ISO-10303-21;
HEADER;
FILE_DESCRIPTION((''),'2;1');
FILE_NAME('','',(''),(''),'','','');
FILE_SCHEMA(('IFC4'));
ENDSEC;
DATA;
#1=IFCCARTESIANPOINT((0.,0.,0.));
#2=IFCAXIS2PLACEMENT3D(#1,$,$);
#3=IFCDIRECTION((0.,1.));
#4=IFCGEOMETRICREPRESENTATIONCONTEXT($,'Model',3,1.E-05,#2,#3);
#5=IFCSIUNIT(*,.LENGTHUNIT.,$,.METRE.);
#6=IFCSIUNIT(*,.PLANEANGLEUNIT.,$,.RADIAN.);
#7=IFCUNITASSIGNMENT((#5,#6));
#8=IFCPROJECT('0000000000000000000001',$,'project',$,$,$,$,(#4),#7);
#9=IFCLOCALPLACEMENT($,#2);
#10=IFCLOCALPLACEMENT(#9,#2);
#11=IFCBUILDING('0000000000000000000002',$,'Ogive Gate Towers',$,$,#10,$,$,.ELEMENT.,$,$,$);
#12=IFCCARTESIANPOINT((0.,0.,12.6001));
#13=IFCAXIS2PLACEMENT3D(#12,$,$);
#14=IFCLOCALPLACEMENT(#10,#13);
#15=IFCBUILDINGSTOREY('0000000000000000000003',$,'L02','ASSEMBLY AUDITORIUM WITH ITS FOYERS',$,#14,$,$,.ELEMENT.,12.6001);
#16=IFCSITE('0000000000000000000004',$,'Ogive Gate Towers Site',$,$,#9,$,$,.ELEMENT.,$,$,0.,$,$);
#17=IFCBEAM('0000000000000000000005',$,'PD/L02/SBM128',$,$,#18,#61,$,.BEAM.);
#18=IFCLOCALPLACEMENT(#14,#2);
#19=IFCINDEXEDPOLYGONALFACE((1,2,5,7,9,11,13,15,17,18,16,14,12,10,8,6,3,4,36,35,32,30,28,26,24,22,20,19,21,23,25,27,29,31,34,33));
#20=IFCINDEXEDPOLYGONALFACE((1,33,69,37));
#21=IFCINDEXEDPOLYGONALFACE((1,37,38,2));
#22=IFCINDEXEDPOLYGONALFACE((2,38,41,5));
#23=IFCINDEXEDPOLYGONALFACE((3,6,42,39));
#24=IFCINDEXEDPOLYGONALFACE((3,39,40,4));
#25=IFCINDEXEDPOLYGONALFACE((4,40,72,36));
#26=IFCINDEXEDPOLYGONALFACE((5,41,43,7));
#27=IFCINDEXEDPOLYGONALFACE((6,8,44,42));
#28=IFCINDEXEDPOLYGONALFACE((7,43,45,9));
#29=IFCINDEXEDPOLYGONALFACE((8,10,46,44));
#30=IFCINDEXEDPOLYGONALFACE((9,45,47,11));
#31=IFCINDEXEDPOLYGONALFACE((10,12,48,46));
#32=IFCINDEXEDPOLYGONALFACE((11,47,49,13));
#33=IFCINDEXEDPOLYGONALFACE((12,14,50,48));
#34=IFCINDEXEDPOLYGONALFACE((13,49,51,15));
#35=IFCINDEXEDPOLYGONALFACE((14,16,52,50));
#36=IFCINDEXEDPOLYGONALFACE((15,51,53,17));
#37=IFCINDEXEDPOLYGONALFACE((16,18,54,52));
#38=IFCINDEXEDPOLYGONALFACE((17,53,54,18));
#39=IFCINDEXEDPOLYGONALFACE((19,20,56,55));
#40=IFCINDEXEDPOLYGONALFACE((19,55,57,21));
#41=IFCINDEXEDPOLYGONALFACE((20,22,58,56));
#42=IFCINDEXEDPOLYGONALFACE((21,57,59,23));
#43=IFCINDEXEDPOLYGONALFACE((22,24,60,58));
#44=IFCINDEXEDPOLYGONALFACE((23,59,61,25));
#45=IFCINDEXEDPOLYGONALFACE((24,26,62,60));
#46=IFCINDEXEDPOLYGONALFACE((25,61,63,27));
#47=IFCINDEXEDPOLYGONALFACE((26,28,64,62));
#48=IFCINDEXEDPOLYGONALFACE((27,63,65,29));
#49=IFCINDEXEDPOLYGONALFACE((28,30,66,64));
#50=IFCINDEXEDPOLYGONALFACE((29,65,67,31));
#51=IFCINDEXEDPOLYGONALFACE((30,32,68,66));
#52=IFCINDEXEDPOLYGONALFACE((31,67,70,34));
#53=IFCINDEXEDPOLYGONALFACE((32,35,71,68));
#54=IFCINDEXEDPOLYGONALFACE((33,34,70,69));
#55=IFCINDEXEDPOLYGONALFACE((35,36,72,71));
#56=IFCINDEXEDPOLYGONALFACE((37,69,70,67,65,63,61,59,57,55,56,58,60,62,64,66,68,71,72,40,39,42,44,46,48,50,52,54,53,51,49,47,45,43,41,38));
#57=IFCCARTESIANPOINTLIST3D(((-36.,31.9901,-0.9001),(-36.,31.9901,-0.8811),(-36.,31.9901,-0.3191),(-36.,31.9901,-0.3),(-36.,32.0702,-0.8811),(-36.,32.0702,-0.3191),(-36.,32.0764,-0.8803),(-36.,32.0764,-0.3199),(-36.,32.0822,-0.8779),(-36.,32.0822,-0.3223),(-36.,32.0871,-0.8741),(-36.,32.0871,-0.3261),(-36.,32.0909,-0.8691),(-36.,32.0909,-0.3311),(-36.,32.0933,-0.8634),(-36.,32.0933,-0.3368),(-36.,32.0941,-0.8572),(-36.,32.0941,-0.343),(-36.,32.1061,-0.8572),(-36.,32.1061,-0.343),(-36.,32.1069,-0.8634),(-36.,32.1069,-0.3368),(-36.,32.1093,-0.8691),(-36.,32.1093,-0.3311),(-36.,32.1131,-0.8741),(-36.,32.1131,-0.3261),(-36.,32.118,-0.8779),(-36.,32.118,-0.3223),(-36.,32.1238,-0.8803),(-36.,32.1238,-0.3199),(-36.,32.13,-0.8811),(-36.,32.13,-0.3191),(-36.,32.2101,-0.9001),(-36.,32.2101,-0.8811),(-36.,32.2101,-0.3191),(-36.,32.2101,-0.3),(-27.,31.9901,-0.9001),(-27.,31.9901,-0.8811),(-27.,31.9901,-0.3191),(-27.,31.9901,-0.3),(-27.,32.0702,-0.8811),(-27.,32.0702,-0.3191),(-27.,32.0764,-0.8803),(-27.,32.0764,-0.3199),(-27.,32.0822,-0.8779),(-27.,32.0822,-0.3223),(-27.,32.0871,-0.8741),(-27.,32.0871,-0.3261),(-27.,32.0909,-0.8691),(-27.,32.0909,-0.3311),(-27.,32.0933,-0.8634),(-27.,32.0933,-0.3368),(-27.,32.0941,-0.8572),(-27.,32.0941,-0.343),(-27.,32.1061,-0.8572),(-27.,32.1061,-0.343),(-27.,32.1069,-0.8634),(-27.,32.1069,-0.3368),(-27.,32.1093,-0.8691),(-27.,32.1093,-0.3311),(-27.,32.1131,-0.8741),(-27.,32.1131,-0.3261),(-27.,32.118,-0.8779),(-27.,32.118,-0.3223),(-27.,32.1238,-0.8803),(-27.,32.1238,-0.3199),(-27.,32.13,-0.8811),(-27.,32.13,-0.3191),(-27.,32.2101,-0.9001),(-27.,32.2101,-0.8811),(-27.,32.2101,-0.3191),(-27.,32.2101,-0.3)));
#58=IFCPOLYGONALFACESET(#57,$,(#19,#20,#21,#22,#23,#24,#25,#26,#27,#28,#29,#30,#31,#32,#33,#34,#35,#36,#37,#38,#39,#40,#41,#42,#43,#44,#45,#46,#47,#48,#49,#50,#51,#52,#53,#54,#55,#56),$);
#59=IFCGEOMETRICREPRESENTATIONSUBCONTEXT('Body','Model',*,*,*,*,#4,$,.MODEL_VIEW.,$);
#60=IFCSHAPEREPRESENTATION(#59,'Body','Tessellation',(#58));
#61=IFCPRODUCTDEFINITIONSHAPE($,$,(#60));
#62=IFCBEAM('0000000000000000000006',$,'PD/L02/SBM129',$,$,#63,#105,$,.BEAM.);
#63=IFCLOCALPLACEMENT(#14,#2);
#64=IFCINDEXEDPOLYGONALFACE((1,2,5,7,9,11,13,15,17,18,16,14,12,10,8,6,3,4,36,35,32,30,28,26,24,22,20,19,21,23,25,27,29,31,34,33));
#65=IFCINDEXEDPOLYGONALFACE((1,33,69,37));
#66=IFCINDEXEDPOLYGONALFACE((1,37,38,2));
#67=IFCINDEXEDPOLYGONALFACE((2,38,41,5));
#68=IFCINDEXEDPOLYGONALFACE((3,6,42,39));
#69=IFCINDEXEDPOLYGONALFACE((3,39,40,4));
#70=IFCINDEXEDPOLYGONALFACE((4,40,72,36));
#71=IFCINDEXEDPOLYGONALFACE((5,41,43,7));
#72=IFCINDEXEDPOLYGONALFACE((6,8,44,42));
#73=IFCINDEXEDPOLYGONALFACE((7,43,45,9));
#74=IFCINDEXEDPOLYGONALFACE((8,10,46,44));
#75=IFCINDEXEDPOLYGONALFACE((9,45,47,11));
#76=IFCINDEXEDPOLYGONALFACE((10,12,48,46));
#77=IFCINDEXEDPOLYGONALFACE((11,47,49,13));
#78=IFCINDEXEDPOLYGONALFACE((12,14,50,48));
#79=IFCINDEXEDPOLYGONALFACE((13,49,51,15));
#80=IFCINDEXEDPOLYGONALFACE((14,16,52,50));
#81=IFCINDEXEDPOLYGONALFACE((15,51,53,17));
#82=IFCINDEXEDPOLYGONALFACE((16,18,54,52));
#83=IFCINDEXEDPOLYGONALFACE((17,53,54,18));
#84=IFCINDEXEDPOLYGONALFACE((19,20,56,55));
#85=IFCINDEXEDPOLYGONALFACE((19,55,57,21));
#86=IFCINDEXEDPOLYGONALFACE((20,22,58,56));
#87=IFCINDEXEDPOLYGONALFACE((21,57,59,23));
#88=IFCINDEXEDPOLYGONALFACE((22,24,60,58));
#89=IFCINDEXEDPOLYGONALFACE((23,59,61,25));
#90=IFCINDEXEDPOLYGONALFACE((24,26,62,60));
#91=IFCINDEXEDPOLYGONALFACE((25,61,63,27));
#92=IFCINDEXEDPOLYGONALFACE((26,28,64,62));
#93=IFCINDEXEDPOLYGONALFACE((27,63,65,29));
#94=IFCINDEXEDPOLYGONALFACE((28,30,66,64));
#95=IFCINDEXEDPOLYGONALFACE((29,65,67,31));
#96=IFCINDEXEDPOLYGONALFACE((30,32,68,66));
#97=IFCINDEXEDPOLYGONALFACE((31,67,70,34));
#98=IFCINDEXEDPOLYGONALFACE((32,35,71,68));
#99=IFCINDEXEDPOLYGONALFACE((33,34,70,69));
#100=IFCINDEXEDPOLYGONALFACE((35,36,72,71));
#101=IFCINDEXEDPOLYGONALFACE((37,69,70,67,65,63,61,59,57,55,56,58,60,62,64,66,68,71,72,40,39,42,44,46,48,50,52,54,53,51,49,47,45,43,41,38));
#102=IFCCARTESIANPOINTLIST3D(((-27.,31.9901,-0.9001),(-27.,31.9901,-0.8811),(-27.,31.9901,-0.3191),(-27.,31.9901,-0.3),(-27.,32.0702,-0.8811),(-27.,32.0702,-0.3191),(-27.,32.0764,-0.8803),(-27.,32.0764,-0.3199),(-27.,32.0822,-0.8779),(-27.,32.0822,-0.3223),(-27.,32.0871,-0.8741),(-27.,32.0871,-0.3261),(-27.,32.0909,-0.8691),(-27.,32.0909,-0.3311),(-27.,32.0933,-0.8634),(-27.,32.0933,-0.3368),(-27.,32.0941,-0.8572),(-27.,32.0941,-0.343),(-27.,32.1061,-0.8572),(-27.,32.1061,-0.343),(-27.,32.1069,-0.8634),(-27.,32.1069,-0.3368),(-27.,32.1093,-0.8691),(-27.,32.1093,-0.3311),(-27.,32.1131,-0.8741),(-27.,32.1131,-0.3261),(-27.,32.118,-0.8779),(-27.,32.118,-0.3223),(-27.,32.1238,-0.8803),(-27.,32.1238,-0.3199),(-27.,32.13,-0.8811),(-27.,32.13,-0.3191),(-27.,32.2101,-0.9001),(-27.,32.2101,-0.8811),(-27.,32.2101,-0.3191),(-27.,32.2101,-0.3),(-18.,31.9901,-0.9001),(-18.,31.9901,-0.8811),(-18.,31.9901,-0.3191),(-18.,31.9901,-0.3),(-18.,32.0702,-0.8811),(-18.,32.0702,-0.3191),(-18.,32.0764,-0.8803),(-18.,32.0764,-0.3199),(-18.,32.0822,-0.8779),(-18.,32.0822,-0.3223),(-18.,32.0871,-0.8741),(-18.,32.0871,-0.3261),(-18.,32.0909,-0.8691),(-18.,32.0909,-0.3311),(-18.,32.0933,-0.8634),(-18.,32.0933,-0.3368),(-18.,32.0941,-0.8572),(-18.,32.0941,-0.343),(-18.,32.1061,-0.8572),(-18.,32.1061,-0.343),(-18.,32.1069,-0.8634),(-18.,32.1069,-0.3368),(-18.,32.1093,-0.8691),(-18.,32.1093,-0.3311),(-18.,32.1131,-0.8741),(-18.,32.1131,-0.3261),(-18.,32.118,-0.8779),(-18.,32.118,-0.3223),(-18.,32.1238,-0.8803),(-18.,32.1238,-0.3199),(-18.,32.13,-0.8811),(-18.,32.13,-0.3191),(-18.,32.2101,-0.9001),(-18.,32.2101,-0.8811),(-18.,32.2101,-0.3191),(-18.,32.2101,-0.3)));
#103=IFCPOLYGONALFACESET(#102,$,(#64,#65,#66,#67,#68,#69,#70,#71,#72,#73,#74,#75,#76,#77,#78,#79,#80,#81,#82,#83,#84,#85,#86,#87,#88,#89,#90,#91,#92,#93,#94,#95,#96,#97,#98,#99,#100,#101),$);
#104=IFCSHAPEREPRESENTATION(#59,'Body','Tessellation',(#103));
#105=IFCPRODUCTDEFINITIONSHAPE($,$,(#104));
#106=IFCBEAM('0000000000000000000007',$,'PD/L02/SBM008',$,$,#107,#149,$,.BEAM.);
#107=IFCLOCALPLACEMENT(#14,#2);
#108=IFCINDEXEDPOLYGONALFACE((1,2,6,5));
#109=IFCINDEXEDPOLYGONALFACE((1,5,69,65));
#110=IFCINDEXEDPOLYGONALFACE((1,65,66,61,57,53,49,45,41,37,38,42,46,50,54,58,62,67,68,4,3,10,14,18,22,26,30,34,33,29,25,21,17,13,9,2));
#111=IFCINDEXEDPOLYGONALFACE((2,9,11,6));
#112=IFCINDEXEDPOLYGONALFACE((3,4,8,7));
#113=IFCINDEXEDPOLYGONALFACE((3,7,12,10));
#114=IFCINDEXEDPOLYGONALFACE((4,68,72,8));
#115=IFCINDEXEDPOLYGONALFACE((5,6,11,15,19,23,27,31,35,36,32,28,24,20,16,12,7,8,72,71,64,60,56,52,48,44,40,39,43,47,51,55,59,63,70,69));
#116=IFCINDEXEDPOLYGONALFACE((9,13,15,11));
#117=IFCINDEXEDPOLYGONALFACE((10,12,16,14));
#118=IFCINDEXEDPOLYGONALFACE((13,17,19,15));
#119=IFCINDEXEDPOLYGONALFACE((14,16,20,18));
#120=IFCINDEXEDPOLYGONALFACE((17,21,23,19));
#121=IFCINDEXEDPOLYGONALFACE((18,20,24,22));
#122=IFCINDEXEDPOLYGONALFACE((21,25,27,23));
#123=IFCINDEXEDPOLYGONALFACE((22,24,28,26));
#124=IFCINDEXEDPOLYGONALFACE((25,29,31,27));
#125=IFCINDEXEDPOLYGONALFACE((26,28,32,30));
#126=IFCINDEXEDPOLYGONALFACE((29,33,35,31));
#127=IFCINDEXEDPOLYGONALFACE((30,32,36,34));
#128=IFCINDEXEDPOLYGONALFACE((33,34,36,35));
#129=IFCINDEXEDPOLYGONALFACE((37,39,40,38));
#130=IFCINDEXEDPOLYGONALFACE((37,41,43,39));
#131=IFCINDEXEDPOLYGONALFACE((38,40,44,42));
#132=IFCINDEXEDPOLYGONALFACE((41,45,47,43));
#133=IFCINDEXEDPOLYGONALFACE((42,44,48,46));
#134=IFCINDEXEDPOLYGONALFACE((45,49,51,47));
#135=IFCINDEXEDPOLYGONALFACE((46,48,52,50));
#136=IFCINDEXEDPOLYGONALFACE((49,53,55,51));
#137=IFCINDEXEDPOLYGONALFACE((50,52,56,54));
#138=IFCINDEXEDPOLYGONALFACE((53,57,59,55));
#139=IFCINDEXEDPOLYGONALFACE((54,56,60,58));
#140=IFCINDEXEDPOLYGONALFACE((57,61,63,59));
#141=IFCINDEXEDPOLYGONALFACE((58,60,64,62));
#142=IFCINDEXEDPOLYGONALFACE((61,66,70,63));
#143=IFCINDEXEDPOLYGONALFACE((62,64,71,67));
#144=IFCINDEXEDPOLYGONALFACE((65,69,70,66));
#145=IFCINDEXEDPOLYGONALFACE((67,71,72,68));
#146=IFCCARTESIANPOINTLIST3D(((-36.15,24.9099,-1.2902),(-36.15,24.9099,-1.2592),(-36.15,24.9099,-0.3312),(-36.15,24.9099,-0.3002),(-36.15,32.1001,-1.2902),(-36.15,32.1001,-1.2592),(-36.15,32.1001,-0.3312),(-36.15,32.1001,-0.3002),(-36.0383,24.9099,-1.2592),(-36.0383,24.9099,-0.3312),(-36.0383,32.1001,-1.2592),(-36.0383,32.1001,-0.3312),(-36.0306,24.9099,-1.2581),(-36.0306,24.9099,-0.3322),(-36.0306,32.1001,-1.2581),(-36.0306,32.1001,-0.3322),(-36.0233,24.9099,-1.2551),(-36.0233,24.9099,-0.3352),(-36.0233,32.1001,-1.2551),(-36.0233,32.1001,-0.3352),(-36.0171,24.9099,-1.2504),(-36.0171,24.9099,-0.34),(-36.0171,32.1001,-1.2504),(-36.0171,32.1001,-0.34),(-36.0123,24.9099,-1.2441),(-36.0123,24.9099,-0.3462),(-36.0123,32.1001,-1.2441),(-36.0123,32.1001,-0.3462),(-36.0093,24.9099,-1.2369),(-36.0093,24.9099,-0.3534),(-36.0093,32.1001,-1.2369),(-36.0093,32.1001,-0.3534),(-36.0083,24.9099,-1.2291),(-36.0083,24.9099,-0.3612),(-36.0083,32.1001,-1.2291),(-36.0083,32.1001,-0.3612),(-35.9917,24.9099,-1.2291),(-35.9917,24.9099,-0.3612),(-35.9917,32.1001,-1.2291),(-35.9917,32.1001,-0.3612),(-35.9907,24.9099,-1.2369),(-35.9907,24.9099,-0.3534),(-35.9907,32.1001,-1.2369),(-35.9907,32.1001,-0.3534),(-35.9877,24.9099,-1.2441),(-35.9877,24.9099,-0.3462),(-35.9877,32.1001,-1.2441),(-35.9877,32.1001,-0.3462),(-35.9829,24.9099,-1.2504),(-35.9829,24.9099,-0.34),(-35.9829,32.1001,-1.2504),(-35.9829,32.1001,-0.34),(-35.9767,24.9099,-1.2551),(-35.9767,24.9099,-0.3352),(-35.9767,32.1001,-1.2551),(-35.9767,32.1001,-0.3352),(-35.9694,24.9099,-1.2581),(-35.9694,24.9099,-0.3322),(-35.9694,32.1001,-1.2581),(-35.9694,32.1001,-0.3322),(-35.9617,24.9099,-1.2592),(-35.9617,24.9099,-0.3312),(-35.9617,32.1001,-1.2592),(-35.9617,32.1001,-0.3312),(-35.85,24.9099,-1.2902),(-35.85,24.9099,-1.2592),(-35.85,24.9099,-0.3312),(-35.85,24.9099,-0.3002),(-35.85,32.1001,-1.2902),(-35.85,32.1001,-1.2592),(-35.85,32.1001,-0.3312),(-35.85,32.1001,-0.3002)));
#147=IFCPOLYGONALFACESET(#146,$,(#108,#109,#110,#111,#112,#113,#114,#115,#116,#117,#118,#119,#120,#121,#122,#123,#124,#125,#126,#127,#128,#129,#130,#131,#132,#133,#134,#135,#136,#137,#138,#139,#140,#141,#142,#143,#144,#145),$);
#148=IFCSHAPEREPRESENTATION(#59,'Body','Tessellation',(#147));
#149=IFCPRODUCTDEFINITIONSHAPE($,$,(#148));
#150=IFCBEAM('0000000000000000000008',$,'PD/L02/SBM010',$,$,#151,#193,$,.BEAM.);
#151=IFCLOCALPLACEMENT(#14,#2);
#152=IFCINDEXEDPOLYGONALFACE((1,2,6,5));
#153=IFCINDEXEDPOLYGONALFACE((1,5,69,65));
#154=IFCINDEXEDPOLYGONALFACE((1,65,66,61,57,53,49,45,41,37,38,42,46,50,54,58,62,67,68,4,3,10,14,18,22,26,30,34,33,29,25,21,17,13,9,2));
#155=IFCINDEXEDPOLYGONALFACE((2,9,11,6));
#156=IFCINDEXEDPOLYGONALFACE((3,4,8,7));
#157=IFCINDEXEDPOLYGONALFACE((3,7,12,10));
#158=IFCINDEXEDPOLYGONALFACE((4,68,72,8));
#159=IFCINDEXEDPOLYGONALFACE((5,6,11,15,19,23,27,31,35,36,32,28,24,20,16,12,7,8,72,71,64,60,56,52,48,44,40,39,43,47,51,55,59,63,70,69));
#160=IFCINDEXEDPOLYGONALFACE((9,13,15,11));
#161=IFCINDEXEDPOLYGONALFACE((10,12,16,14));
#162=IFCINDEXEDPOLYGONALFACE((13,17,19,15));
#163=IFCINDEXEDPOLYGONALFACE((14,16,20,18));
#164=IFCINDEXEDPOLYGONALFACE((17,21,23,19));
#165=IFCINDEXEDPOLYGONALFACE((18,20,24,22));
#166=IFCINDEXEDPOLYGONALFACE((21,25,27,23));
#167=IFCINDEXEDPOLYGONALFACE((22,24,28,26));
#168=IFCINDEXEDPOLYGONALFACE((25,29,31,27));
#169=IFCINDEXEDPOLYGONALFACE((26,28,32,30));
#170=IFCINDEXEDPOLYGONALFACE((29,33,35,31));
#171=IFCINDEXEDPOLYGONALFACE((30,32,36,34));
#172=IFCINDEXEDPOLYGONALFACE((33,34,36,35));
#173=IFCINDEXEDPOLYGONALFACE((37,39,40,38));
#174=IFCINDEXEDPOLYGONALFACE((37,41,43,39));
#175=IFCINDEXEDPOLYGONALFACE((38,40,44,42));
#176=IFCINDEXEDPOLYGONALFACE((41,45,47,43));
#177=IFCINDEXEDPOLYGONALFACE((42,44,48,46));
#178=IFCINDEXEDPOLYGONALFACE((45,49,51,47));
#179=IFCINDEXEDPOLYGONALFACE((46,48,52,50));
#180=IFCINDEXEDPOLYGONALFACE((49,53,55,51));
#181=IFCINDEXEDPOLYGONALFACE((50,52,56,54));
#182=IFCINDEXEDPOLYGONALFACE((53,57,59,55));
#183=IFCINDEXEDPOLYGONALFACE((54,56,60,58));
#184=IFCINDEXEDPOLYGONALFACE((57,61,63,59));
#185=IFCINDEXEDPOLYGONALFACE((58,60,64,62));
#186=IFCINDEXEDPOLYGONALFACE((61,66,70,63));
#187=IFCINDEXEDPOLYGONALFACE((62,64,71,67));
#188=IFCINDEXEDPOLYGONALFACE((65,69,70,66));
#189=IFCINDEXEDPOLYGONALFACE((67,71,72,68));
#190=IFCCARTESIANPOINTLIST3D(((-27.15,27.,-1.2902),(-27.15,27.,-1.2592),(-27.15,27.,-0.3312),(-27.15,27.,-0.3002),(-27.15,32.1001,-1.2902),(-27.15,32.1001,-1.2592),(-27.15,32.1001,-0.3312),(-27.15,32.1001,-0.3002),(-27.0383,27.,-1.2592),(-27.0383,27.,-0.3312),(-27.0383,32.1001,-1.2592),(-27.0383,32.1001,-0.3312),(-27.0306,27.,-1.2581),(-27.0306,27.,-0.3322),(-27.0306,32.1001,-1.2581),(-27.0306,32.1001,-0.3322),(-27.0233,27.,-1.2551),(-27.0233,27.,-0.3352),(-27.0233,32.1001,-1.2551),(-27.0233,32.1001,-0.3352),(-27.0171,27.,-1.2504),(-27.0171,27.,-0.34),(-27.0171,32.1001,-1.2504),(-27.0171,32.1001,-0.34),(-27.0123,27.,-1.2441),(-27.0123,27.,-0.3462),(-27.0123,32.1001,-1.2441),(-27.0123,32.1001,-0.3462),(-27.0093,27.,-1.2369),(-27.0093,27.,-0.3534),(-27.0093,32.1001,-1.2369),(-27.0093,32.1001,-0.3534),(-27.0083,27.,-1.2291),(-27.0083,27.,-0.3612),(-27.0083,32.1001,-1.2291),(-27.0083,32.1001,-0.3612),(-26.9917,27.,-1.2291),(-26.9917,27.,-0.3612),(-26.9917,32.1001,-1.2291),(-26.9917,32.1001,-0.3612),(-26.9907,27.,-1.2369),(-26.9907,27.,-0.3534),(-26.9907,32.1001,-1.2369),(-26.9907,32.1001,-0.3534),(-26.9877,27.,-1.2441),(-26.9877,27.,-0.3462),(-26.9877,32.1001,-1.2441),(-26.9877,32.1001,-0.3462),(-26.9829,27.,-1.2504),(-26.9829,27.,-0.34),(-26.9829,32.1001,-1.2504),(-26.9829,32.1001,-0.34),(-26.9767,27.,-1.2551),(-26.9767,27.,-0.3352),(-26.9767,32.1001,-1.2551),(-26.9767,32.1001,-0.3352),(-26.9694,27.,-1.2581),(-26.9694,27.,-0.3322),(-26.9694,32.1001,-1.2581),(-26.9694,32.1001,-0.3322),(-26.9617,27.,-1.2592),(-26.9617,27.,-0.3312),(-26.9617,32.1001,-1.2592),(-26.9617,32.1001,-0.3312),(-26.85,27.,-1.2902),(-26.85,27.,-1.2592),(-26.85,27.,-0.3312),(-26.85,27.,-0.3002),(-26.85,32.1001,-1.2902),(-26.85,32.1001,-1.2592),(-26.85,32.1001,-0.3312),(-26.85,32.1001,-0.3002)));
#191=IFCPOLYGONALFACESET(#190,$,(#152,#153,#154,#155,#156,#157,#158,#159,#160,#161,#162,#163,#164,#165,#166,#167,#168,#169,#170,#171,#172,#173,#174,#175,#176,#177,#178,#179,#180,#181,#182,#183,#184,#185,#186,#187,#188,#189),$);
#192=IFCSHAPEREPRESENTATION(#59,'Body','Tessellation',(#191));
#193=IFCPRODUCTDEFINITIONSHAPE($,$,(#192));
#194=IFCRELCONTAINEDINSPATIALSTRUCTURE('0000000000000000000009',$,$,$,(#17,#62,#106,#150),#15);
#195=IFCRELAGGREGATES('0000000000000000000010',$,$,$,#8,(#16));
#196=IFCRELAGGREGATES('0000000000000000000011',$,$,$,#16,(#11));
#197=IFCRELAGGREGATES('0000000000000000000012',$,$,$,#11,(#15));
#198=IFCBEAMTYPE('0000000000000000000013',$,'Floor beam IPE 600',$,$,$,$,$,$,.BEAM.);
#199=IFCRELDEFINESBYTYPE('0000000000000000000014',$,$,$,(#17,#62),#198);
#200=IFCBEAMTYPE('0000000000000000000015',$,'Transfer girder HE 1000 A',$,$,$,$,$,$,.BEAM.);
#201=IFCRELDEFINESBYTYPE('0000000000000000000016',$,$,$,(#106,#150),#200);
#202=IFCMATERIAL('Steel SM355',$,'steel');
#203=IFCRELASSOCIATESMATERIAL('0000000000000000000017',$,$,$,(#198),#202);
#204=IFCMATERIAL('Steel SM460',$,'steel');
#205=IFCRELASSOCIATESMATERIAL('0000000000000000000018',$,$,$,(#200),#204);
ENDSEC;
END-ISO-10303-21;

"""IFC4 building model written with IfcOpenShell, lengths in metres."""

from ifc_helpers import new_model, si_unit, direction, frame, origin, origin_2d, place, context, subcontext, project, spatial, i_section, extrude, material, material_profile, profile_set, type_object, element, save


model = new_model("IFC4")

# Units and contexts
model_context = context("Model", 3, precision=1e-05, world=origin(), true_north=direction((0.0, 1.0)))
body_context = subcontext(model_context, "Body", "Model", "MODEL_VIEW")
ifc_project = project(units=[si_unit("LENGTHUNIT", "METRE"), si_unit("PLANEANGLEUNIT", "RADIAN")], contexts=[model_context])

# Site, building, storey
site_placement = place(None, origin())
site = spatial("IfcSite", under=ifc_project, at=site_placement, Name="Ogive Gate Towers Site", CompositionType="ELEMENT", RefElevation=0.0)
building_placement = place(site_placement, origin())
building = spatial("IfcBuilding", under=site, at=building_placement, Name="Ogive Gate Towers", CompositionType="ELEMENT")
storey_placement = place(building_placement, frame((0.0, 0.0, 12.6001)))
storey = spatial("IfcBuildingStorey", under=building, at=storey_placement, Name="L02", Description="ASSEMBLY AUDITORIUM WITH ITS FOYERS", CompositionType="ELEMENT", Elevation=12.6001)

# Beams
ifc_material_1 = material(Name="Steel SM460", Category="steel")
ifc_material_2 = material(Name="Steel SM355", Category="steel")
ifc_material_profile_1 = material_profile(ifc_material_2, i_section(OverallWidth=0.22, OverallDepth=0.6001, WebThickness=0.012, FlangeThickness=0.019, FilletRadius=0.0239, at=origin_2d()), Name="IPE 600")
ifc_profile_set_1 = profile_set([ifc_material_profile_1], Name="Steel SM355")
beam_type_1 = type_object("IfcBeamType", Name="Floor beam IPE 600", PredefinedType="BEAM", material=ifc_profile_set_1)
for number, where, z_axis, x_axis, name in (
    (1, (-36.0, 32.1001, -0.6001), (1.0, 0.0, 0.0), (0.0, 1.0, 0.0), "PD/L02/SBM128"),
    (2, (-27.0, 32.1001, -0.6001), (1.0, 0.0, 0.0), (0.0, 1.0, 0.0), "PD/L02/SBM129"),
):
    element("IfcBeam", number, at=place(storey_placement, frame(where, z_axis=z_axis, x_axis=x_axis)), inside=storey, type_object=beam_type_1, Name=name, PredefinedType="BEAM", context=body_context, shape_type="SweptSolid", body=[
        extrude(i_section(OverallWidth=0.22, OverallDepth=0.6001, WebThickness=0.012, FlangeThickness=0.019, FilletRadius=0.0239, at=origin_2d()), origin(), (0.0, 0.0, 1.0), 9.0),
    ])
ifc_material_profile_2 = material_profile(ifc_material_1, i_section(OverallWidth=0.3, OverallDepth=0.99, WebThickness=0.0166, FlangeThickness=0.031, FilletRadius=0.03, at=origin_2d()), Name="HE 1000 A")
ifc_profile_set_2 = profile_set([ifc_material_profile_2], Name="Steel SM460")
beam_type_2 = type_object("IfcBeamType", Name="Transfer girder HE 1000 A", PredefinedType="BEAM", material=ifc_profile_set_2)
beam_1_placement = place(storey_placement, frame((-36.0, 24.9099, -0.7952), z_axis=(0.0, 1.0, 0.0), x_axis=(-1.0, 0.0, 0.0)))
element("IfcBeam", 3, at=beam_1_placement, inside=storey, type_object=beam_type_2, Name="PD/L02/SBM008", PredefinedType="BEAM", context=body_context, shape_type="SweptSolid", body=[
    extrude(i_section(OverallWidth=0.3, OverallDepth=0.99, WebThickness=0.0166, FlangeThickness=0.031, FilletRadius=0.03, at=origin_2d()), origin(), (0.0, 0.0, 1.0), 7.1902),
])
beam_2_placement = place(storey_placement, frame((-27.0, 27.0, -0.7952), z_axis=(0.0, 1.0, 0.0), x_axis=(-1.0, 0.0, 0.0)))
element("IfcBeam", 4, at=beam_2_placement, inside=storey, type_object=beam_type_2, Name="PD/L02/SBM010", PredefinedType="BEAM", context=body_context, shape_type="SweptSolid", body=[
    extrude(i_section(OverallWidth=0.3, OverallDepth=0.99, WebThickness=0.0166, FlangeThickness=0.031, FilletRadius=0.03, at=origin_2d()), origin(), (0.0, 0.0, 1.0), 5.1001),
])

save(model, "model.ifc")
